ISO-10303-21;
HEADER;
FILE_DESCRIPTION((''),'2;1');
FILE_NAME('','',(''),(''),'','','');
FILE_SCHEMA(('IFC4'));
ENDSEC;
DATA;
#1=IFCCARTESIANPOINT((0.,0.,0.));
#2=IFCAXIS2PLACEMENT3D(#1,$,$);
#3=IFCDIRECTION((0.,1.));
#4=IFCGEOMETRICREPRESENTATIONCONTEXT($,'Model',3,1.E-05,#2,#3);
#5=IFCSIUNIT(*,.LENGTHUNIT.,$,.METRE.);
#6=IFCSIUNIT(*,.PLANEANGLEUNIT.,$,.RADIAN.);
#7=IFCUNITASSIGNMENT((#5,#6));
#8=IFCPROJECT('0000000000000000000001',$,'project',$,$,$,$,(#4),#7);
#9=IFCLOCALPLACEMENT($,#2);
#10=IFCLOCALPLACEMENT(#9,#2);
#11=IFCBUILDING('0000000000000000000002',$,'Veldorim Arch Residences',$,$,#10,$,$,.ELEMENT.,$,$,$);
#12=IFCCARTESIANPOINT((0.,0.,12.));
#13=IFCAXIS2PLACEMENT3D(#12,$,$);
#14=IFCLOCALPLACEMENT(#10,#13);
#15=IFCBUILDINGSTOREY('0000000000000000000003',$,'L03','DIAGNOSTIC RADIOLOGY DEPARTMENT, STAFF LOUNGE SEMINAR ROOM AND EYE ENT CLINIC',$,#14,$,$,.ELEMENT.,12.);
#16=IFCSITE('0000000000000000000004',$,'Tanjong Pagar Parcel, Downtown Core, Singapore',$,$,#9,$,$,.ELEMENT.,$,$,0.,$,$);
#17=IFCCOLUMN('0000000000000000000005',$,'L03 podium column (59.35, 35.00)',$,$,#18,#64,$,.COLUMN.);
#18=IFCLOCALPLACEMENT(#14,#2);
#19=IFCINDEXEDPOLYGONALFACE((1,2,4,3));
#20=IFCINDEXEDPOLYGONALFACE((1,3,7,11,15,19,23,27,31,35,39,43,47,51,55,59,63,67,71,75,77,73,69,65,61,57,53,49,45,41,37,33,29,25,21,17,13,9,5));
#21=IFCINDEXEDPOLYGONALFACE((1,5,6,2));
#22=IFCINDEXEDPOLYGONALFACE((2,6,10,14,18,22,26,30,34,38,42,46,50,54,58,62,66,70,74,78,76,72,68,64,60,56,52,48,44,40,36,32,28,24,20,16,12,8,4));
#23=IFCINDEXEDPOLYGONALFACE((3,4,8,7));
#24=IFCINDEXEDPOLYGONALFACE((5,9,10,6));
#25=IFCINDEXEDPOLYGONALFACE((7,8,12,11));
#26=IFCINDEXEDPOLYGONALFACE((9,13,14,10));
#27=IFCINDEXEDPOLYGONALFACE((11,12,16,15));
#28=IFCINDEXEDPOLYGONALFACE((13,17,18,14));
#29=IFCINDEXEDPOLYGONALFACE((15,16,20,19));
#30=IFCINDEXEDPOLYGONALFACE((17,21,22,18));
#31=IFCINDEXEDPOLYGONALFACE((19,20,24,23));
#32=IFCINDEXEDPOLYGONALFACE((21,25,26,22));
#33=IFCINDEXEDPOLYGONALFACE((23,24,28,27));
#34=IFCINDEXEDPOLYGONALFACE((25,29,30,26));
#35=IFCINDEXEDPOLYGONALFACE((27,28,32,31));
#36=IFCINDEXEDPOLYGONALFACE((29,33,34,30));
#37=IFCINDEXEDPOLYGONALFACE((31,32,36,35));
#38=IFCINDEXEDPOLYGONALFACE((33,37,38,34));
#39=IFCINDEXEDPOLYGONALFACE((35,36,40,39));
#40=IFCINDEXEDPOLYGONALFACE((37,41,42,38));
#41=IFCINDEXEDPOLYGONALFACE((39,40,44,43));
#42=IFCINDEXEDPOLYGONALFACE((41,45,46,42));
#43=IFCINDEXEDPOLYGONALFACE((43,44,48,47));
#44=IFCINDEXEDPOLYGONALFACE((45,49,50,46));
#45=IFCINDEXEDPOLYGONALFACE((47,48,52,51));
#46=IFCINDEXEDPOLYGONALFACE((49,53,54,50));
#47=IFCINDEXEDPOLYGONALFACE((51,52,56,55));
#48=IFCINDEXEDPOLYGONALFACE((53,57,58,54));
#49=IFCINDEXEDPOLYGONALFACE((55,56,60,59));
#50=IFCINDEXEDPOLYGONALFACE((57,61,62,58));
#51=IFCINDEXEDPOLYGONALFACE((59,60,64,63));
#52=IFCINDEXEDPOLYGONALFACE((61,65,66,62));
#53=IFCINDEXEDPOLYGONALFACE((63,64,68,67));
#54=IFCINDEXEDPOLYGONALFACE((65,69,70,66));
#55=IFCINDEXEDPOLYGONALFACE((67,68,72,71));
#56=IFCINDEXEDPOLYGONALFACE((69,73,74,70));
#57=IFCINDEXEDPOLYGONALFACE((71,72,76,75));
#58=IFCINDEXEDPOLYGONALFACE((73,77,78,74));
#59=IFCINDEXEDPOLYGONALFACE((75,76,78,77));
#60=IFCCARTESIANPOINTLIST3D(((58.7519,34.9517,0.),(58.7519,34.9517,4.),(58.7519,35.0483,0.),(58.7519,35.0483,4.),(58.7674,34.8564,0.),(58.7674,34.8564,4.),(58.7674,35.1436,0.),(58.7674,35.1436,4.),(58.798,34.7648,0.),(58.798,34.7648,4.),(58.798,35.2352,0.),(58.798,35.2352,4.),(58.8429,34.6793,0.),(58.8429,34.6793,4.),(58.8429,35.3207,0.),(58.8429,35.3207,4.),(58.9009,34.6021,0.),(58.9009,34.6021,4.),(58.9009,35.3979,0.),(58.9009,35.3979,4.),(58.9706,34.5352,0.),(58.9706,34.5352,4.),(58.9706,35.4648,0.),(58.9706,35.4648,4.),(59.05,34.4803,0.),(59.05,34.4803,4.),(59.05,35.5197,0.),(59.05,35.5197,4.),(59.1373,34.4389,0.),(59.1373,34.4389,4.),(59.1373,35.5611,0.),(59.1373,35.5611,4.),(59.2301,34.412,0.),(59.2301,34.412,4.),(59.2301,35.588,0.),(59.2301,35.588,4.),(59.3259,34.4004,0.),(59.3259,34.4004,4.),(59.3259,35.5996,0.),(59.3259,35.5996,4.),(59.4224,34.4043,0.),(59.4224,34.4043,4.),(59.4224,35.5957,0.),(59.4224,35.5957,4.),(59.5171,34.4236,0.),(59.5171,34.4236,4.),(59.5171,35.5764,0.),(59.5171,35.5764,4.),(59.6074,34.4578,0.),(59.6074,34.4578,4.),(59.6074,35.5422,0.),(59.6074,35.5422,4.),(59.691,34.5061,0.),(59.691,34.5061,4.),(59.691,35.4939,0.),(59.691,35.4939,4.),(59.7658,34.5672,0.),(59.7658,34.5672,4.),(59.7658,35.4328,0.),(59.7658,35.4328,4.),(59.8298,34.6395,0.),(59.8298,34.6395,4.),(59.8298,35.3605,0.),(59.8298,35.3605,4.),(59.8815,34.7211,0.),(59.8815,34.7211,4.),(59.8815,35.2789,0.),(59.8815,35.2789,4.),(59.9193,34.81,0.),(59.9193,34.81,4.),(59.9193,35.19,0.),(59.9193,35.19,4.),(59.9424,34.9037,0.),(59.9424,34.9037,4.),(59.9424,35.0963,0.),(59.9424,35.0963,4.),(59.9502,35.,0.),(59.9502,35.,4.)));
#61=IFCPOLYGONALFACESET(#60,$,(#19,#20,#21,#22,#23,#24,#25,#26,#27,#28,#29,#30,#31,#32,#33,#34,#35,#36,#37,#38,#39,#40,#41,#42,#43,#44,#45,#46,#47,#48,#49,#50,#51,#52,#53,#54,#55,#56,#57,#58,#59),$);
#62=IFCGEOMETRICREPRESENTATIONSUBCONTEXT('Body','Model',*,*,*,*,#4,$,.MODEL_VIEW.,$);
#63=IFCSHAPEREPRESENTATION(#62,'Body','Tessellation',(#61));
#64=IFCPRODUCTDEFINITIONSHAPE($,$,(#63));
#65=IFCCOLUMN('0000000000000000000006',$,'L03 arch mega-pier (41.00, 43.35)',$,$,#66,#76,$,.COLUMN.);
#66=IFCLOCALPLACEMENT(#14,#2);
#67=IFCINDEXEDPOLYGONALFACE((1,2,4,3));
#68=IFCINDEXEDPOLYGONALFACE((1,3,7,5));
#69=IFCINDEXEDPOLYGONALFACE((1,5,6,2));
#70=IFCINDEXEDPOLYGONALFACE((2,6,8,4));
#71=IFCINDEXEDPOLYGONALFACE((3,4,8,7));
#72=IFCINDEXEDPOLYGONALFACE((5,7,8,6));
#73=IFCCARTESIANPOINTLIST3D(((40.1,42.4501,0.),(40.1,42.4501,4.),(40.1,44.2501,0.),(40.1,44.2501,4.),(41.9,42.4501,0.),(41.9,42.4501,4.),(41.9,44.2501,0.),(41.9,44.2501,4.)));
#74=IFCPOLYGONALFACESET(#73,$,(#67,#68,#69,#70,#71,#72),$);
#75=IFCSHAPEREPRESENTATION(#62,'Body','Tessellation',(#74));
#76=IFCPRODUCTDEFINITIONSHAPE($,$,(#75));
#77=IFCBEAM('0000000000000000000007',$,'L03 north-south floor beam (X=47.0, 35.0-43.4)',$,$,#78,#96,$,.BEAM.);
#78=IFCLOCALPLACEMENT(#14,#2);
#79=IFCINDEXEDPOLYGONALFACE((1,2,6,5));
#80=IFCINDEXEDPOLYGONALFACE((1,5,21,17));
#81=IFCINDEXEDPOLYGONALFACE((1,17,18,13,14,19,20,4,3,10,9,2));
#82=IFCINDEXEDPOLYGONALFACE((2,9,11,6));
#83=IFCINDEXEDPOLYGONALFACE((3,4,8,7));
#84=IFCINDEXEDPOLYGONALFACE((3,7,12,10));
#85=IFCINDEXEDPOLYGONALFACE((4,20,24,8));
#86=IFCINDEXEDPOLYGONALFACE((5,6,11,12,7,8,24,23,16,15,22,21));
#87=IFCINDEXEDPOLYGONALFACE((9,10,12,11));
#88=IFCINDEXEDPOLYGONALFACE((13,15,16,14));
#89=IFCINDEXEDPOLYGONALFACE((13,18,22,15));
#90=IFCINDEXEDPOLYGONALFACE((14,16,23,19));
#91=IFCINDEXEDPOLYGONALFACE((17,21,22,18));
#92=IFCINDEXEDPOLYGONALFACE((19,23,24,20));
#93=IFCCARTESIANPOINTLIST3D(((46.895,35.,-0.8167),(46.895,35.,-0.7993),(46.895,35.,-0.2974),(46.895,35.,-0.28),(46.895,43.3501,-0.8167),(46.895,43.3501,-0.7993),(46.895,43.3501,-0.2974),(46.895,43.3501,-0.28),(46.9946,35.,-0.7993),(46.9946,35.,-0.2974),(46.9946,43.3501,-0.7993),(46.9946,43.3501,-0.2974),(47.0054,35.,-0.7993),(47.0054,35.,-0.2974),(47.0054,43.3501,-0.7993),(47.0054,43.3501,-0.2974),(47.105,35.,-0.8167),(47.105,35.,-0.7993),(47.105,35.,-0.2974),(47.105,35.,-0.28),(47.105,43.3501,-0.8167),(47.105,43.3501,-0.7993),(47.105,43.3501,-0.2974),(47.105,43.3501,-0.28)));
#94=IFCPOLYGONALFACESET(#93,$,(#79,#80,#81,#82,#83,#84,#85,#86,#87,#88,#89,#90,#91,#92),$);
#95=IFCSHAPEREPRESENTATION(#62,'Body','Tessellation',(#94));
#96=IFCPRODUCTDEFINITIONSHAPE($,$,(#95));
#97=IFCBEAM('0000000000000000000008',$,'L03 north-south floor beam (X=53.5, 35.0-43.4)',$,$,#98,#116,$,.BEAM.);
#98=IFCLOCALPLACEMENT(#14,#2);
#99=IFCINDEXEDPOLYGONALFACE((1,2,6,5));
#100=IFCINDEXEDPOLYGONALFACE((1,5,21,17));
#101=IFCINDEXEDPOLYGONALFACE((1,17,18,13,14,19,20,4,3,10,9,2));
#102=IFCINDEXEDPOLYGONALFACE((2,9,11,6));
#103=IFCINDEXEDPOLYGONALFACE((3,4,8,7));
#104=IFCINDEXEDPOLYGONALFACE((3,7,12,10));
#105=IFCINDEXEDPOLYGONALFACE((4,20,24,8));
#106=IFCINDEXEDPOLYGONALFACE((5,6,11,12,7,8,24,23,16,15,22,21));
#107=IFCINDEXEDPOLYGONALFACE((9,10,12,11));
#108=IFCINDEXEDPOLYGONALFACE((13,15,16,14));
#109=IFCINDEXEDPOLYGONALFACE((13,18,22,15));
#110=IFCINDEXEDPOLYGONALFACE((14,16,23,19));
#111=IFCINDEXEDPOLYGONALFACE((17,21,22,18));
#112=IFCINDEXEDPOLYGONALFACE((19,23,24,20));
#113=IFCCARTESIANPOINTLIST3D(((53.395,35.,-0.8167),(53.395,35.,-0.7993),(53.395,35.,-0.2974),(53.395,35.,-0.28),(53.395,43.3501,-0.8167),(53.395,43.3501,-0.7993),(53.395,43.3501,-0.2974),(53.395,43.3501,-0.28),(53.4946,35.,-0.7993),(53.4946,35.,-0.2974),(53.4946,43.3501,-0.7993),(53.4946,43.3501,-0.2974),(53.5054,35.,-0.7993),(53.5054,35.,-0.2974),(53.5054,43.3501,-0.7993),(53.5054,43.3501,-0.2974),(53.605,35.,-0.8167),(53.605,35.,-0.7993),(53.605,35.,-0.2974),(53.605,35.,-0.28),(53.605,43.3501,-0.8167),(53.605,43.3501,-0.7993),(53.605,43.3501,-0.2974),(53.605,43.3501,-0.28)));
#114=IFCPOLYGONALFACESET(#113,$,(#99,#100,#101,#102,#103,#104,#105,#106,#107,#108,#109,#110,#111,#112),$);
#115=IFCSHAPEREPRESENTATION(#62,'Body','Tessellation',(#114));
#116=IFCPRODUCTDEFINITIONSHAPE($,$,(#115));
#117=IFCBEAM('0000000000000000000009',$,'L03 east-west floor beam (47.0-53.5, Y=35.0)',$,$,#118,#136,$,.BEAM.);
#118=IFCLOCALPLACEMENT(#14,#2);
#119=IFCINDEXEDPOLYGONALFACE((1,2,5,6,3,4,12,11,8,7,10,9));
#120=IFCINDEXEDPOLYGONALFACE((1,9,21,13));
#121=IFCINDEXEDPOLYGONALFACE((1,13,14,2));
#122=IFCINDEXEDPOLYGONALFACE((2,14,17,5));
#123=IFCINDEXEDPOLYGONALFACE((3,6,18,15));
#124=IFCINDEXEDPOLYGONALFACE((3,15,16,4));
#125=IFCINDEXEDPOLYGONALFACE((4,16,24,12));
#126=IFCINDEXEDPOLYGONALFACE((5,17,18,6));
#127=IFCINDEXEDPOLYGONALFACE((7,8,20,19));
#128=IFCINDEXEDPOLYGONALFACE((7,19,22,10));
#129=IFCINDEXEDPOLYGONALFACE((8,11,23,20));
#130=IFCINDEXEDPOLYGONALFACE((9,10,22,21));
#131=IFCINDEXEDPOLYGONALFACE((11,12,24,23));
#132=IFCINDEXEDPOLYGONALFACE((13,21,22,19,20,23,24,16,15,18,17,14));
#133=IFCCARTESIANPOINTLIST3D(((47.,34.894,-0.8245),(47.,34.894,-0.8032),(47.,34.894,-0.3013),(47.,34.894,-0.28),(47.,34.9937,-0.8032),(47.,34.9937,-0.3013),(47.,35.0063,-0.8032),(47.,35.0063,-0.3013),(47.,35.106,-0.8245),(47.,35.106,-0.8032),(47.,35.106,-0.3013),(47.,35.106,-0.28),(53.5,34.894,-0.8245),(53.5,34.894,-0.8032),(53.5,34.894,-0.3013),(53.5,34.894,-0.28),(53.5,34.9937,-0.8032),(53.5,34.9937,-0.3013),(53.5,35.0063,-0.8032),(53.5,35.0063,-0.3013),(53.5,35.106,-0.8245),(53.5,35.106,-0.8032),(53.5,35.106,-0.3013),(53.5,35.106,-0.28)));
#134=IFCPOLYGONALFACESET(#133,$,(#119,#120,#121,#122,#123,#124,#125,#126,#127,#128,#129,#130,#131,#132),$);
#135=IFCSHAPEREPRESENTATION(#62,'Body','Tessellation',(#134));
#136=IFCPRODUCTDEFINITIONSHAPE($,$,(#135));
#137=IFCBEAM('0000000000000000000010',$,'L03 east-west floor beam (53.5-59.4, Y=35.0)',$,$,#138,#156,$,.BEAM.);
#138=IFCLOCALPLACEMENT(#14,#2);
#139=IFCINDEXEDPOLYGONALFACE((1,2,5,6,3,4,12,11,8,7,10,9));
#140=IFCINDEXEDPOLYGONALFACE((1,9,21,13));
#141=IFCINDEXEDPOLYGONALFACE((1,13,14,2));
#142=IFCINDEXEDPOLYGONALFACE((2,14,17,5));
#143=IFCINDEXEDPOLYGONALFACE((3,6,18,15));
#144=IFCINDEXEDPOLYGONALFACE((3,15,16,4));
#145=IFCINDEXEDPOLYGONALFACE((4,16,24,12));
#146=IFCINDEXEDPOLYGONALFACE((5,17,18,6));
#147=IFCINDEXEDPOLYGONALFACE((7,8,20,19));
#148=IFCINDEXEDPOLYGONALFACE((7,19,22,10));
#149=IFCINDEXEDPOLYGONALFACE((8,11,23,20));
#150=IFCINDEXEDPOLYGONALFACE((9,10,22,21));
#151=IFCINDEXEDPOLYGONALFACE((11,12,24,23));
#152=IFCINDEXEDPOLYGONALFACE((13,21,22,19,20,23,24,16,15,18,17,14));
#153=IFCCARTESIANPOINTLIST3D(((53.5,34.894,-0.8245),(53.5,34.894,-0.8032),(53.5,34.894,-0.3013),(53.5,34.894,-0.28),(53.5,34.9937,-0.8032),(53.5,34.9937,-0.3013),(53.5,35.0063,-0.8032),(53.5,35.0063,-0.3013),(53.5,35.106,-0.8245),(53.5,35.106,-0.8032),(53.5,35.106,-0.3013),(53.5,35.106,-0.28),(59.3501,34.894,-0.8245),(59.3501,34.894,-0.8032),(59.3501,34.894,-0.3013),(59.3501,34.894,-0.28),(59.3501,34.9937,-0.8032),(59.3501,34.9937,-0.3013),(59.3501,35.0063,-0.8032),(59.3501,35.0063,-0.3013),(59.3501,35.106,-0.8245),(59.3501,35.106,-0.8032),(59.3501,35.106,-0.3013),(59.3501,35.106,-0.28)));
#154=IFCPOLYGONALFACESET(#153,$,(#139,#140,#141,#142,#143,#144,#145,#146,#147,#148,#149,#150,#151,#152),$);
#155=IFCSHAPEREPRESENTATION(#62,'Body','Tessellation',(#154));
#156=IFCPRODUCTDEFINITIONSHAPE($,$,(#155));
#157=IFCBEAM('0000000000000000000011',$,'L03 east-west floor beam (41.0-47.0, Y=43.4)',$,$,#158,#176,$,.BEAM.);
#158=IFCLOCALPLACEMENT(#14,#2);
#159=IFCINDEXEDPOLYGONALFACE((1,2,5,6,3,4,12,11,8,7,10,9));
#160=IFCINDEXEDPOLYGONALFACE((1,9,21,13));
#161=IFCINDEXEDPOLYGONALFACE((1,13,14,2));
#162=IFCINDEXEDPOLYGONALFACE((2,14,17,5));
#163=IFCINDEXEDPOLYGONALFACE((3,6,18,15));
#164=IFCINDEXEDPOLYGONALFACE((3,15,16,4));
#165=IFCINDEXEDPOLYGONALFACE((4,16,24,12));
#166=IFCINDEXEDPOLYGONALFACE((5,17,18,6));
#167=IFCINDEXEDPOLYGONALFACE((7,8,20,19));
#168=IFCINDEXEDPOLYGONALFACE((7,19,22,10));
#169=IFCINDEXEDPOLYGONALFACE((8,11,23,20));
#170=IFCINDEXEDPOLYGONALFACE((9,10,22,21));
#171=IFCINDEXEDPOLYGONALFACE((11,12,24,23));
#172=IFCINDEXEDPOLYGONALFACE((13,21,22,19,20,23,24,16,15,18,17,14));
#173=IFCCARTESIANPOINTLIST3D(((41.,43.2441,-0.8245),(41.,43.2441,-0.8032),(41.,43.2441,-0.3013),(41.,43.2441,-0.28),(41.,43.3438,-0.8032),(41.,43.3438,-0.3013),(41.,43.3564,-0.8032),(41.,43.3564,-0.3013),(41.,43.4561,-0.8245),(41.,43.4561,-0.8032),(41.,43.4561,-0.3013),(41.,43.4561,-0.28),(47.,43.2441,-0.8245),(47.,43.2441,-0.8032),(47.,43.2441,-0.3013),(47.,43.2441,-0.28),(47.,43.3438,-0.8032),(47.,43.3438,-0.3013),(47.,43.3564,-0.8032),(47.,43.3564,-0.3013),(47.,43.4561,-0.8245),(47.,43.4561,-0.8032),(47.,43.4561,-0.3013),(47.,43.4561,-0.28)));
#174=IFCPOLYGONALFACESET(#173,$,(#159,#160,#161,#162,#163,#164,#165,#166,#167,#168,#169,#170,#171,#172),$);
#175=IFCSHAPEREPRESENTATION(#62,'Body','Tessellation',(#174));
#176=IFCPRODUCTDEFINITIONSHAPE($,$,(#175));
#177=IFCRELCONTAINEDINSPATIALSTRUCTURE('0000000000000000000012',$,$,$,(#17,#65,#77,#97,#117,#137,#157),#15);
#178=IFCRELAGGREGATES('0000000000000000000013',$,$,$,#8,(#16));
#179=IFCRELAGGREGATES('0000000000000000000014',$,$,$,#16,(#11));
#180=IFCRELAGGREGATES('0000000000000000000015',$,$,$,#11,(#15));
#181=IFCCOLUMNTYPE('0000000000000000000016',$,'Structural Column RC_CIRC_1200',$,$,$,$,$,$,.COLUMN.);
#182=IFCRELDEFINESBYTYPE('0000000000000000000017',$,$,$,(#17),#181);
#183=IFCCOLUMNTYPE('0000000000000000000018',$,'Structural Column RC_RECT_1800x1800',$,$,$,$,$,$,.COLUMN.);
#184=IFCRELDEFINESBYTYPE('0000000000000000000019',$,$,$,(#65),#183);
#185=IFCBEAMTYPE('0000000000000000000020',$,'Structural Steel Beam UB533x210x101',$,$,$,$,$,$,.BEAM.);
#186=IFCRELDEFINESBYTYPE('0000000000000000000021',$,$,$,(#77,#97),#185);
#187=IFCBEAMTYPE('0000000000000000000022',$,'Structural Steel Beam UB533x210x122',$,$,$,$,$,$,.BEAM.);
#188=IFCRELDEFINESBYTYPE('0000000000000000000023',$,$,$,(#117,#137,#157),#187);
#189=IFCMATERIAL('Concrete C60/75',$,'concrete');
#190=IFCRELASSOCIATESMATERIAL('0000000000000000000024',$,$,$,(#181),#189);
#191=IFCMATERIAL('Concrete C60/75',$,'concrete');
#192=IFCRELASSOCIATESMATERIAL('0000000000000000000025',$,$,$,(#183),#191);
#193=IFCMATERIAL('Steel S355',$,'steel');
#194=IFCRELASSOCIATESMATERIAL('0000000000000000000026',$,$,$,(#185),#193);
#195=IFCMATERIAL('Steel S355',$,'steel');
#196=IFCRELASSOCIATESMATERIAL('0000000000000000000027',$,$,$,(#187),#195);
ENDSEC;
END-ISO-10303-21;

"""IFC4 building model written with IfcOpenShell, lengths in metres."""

from ifc_helpers import new_model, si_unit, direction, frame, origin, origin_2d, place, context, subcontext, project, spatial, rectangle, circle, i_section, extrude, material, material_profile, profile_set, type_object, element, save


model = new_model("IFC4")

# Units and contexts
model_context = context("Model", 3, precision=1e-05, world=origin(), true_north=direction((0.0, 1.0)))
body_context = subcontext(model_context, "Body", "Model", "MODEL_VIEW")
ifc_project = project(units=[si_unit("LENGTHUNIT", "METRE"), si_unit("PLANEANGLEUNIT", "RADIAN")], contexts=[model_context])

# Site, building, storey
site_placement = place(None, origin())
site = spatial("IfcSite", under=ifc_project, at=site_placement, Name="Tanjong Pagar Parcel, Downtown Core, Singapore", CompositionType="ELEMENT", RefElevation=0.0)
building_placement = place(site_placement, origin())
building = spatial("IfcBuilding", under=site, at=building_placement, Name="Veldorim Arch Residences", CompositionType="ELEMENT")
storey_placement = place(building_placement, frame((0.0, 0.0, 12.0)))
storey = spatial("IfcBuildingStorey", under=building, at=storey_placement, Name="L03", Description="DIAGNOSTIC RADIOLOGY DEPARTMENT, STAFF LOUNGE SEMINAR ROOM AND EYE ENT CLINIC", CompositionType="ELEMENT", Elevation=12.0)

# Columns
ifc_material_1 = material(Name="Concrete C60/75", Category="concrete")
ifc_material_profile_1 = material_profile(ifc_material_1, circle(Radius=0.6001, at=origin_2d()), Name="RC_CIRC_1200")
ifc_profile_set_1 = profile_set([ifc_material_profile_1], Name="Concrete C60/75")
column_type_1 = type_object("IfcColumnType", Name="Structural Column RC_CIRC_1200", PredefinedType="COLUMN", material=ifc_profile_set_1)
for number, where, z_axis, x_axis, name in (
    (1, (59.3501, 35.0, 0.0), (0.0, 0.0, 1.0), (1.0, 0.0, 0.0), "L03 podium column (59.35, 35.00)"),
):
    element("IfcColumn", number, at=place(storey_placement, frame(where, z_axis=z_axis, x_axis=x_axis)), inside=storey, type_object=column_type_1, Name=name, PredefinedType="COLUMN", context=body_context, shape_type="SweptSolid", body=[
        extrude(circle(Radius=0.6001, at=origin_2d()), origin(), (0.0, 0.0, 1.0), 4.0),
    ])
ifc_material_2 = material(Name="Concrete C60/75", Category="concrete")
ifc_material_profile_2 = material_profile(ifc_material_2, rectangle(XDim=1.8, YDim=1.8, at=origin_2d()), Name="RC_RECT_1800x1800")
ifc_profile_set_2 = profile_set([ifc_material_profile_2], Name="Concrete C60/75")
column_type_2 = type_object("IfcColumnType", Name="Structural Column RC_RECT_1800x1800", PredefinedType="COLUMN", material=ifc_profile_set_2)
column_placement = place(storey_placement, frame((41.0, 43.3501, 0.0), z_axis=(0.0, 0.0, 1.0), x_axis=(1.0, 0.0, 0.0)))
element("IfcColumn", 2, at=column_placement, inside=storey, type_object=column_type_2, Name="L03 arch mega-pier (41.00, 43.35)", PredefinedType="COLUMN", context=body_context, shape_type="SweptSolid", body=[
    extrude(rectangle(XDim=1.8, YDim=1.8, at=origin_2d()), origin(), (0.0, 0.0, 1.0), 4.0),
])

# Beams
ifc_material_3 = material(Name="Steel S355", Category="steel")
ifc_material_profile_3 = material_profile(ifc_material_3, i_section(OverallWidth=0.21, OverallDepth=0.5366, WebThickness=0.0107, FlangeThickness=0.0173, at=origin_2d()), Name="UB533x210x101")
ifc_profile_set_3 = profile_set([ifc_material_profile_3], Name="Steel S355")
beam_type_1 = type_object("IfcBeamType", Name="Structural Steel Beam UB533x210x101", PredefinedType="BEAM", material=ifc_profile_set_3)
for number, where, z_axis, x_axis, name in (
    (3, (47.0, 35.0, -0.5483), (0.0, 1.0, 0.0), (-1.0, 0.0, 0.0), "L03 north-south floor beam (X=47.0, 35.0-43.4)"),
    (4, (53.5, 35.0, -0.5483), (0.0, 1.0, 0.0), (-1.0, 0.0, 0.0), "L03 north-south floor beam (X=53.5, 35.0-43.4)"),
):
    element("IfcBeam", number, at=place(storey_placement, frame(where, z_axis=z_axis, x_axis=x_axis)), inside=storey, type_object=beam_type_1, Name=name, PredefinedType="BEAM", context=body_context, shape_type="SweptSolid", body=[
        extrude(i_section(OverallWidth=0.21, OverallDepth=0.5366, WebThickness=0.0107, FlangeThickness=0.0173, at=origin_2d()), origin(), (0.0, 0.0, 1.0), 8.3501),
    ])
ifc_material_4 = material(Name="Steel S355", Category="steel")
ifc_material_profile_4 = material_profile(ifc_material_4, i_section(OverallWidth=0.2119, OverallDepth=0.5444, WebThickness=0.0127, FlangeThickness=0.0212, at=origin_2d()), Name="UB533x210x122")
ifc_profile_set_4 = profile_set([ifc_material_profile_4], Name="Steel S355")
beam_type_2 = type_object("IfcBeamType", Name="Structural Steel Beam UB533x210x122", PredefinedType="BEAM", material=ifc_profile_set_4)
beam_1_placement = place(storey_placement, frame((47.0, 35.0, -0.5522), z_axis=(1.0, 0.0, 0.0), x_axis=(0.0, 1.0, 0.0)))
element("IfcBeam", 5, at=beam_1_placement, inside=storey, type_object=beam_type_2, Name="L03 east-west floor beam (47.0-53.5, Y=35.0)", PredefinedType="BEAM", context=body_context, shape_type="SweptSolid", body=[
    extrude(i_section(OverallWidth=0.2119, OverallDepth=0.5444, WebThickness=0.0127, FlangeThickness=0.0212, at=origin_2d()), origin(), (0.0, 0.0, 1.0), 6.5),
])
beam_2_placement = place(storey_placement, frame((53.5, 35.0, -0.5522), z_axis=(1.0, 0.0, 0.0), x_axis=(0.0, 1.0, 0.0)))
element("IfcBeam", 6, at=beam_2_placement, inside=storey, type_object=beam_type_2, Name="L03 east-west floor beam (53.5-59.4, Y=35.0)", PredefinedType="BEAM", context=body_context, shape_type="SweptSolid", body=[
    extrude(i_section(OverallWidth=0.2119, OverallDepth=0.5444, WebThickness=0.0127, FlangeThickness=0.0212, at=origin_2d()), origin(), (0.0, 0.0, 1.0), 5.8501),
])
beam_3_placement = place(storey_placement, frame((41.0, 43.3501, -0.5522), z_axis=(1.0, 0.0, 0.0), x_axis=(0.0, 1.0, 0.0)))
element("IfcBeam", 7, at=beam_3_placement, inside=storey, type_object=beam_type_2, Name="L03 east-west floor beam (41.0-47.0, Y=43.4)", PredefinedType="BEAM", context=body_context, shape_type="SweptSolid", body=[
    extrude(i_section(OverallWidth=0.2119, OverallDepth=0.5444, WebThickness=0.0127, FlangeThickness=0.0212, at=origin_2d()), origin(), (0.0, 0.0, 1.0), 6.0),
])

save(model, "model.ifc")
